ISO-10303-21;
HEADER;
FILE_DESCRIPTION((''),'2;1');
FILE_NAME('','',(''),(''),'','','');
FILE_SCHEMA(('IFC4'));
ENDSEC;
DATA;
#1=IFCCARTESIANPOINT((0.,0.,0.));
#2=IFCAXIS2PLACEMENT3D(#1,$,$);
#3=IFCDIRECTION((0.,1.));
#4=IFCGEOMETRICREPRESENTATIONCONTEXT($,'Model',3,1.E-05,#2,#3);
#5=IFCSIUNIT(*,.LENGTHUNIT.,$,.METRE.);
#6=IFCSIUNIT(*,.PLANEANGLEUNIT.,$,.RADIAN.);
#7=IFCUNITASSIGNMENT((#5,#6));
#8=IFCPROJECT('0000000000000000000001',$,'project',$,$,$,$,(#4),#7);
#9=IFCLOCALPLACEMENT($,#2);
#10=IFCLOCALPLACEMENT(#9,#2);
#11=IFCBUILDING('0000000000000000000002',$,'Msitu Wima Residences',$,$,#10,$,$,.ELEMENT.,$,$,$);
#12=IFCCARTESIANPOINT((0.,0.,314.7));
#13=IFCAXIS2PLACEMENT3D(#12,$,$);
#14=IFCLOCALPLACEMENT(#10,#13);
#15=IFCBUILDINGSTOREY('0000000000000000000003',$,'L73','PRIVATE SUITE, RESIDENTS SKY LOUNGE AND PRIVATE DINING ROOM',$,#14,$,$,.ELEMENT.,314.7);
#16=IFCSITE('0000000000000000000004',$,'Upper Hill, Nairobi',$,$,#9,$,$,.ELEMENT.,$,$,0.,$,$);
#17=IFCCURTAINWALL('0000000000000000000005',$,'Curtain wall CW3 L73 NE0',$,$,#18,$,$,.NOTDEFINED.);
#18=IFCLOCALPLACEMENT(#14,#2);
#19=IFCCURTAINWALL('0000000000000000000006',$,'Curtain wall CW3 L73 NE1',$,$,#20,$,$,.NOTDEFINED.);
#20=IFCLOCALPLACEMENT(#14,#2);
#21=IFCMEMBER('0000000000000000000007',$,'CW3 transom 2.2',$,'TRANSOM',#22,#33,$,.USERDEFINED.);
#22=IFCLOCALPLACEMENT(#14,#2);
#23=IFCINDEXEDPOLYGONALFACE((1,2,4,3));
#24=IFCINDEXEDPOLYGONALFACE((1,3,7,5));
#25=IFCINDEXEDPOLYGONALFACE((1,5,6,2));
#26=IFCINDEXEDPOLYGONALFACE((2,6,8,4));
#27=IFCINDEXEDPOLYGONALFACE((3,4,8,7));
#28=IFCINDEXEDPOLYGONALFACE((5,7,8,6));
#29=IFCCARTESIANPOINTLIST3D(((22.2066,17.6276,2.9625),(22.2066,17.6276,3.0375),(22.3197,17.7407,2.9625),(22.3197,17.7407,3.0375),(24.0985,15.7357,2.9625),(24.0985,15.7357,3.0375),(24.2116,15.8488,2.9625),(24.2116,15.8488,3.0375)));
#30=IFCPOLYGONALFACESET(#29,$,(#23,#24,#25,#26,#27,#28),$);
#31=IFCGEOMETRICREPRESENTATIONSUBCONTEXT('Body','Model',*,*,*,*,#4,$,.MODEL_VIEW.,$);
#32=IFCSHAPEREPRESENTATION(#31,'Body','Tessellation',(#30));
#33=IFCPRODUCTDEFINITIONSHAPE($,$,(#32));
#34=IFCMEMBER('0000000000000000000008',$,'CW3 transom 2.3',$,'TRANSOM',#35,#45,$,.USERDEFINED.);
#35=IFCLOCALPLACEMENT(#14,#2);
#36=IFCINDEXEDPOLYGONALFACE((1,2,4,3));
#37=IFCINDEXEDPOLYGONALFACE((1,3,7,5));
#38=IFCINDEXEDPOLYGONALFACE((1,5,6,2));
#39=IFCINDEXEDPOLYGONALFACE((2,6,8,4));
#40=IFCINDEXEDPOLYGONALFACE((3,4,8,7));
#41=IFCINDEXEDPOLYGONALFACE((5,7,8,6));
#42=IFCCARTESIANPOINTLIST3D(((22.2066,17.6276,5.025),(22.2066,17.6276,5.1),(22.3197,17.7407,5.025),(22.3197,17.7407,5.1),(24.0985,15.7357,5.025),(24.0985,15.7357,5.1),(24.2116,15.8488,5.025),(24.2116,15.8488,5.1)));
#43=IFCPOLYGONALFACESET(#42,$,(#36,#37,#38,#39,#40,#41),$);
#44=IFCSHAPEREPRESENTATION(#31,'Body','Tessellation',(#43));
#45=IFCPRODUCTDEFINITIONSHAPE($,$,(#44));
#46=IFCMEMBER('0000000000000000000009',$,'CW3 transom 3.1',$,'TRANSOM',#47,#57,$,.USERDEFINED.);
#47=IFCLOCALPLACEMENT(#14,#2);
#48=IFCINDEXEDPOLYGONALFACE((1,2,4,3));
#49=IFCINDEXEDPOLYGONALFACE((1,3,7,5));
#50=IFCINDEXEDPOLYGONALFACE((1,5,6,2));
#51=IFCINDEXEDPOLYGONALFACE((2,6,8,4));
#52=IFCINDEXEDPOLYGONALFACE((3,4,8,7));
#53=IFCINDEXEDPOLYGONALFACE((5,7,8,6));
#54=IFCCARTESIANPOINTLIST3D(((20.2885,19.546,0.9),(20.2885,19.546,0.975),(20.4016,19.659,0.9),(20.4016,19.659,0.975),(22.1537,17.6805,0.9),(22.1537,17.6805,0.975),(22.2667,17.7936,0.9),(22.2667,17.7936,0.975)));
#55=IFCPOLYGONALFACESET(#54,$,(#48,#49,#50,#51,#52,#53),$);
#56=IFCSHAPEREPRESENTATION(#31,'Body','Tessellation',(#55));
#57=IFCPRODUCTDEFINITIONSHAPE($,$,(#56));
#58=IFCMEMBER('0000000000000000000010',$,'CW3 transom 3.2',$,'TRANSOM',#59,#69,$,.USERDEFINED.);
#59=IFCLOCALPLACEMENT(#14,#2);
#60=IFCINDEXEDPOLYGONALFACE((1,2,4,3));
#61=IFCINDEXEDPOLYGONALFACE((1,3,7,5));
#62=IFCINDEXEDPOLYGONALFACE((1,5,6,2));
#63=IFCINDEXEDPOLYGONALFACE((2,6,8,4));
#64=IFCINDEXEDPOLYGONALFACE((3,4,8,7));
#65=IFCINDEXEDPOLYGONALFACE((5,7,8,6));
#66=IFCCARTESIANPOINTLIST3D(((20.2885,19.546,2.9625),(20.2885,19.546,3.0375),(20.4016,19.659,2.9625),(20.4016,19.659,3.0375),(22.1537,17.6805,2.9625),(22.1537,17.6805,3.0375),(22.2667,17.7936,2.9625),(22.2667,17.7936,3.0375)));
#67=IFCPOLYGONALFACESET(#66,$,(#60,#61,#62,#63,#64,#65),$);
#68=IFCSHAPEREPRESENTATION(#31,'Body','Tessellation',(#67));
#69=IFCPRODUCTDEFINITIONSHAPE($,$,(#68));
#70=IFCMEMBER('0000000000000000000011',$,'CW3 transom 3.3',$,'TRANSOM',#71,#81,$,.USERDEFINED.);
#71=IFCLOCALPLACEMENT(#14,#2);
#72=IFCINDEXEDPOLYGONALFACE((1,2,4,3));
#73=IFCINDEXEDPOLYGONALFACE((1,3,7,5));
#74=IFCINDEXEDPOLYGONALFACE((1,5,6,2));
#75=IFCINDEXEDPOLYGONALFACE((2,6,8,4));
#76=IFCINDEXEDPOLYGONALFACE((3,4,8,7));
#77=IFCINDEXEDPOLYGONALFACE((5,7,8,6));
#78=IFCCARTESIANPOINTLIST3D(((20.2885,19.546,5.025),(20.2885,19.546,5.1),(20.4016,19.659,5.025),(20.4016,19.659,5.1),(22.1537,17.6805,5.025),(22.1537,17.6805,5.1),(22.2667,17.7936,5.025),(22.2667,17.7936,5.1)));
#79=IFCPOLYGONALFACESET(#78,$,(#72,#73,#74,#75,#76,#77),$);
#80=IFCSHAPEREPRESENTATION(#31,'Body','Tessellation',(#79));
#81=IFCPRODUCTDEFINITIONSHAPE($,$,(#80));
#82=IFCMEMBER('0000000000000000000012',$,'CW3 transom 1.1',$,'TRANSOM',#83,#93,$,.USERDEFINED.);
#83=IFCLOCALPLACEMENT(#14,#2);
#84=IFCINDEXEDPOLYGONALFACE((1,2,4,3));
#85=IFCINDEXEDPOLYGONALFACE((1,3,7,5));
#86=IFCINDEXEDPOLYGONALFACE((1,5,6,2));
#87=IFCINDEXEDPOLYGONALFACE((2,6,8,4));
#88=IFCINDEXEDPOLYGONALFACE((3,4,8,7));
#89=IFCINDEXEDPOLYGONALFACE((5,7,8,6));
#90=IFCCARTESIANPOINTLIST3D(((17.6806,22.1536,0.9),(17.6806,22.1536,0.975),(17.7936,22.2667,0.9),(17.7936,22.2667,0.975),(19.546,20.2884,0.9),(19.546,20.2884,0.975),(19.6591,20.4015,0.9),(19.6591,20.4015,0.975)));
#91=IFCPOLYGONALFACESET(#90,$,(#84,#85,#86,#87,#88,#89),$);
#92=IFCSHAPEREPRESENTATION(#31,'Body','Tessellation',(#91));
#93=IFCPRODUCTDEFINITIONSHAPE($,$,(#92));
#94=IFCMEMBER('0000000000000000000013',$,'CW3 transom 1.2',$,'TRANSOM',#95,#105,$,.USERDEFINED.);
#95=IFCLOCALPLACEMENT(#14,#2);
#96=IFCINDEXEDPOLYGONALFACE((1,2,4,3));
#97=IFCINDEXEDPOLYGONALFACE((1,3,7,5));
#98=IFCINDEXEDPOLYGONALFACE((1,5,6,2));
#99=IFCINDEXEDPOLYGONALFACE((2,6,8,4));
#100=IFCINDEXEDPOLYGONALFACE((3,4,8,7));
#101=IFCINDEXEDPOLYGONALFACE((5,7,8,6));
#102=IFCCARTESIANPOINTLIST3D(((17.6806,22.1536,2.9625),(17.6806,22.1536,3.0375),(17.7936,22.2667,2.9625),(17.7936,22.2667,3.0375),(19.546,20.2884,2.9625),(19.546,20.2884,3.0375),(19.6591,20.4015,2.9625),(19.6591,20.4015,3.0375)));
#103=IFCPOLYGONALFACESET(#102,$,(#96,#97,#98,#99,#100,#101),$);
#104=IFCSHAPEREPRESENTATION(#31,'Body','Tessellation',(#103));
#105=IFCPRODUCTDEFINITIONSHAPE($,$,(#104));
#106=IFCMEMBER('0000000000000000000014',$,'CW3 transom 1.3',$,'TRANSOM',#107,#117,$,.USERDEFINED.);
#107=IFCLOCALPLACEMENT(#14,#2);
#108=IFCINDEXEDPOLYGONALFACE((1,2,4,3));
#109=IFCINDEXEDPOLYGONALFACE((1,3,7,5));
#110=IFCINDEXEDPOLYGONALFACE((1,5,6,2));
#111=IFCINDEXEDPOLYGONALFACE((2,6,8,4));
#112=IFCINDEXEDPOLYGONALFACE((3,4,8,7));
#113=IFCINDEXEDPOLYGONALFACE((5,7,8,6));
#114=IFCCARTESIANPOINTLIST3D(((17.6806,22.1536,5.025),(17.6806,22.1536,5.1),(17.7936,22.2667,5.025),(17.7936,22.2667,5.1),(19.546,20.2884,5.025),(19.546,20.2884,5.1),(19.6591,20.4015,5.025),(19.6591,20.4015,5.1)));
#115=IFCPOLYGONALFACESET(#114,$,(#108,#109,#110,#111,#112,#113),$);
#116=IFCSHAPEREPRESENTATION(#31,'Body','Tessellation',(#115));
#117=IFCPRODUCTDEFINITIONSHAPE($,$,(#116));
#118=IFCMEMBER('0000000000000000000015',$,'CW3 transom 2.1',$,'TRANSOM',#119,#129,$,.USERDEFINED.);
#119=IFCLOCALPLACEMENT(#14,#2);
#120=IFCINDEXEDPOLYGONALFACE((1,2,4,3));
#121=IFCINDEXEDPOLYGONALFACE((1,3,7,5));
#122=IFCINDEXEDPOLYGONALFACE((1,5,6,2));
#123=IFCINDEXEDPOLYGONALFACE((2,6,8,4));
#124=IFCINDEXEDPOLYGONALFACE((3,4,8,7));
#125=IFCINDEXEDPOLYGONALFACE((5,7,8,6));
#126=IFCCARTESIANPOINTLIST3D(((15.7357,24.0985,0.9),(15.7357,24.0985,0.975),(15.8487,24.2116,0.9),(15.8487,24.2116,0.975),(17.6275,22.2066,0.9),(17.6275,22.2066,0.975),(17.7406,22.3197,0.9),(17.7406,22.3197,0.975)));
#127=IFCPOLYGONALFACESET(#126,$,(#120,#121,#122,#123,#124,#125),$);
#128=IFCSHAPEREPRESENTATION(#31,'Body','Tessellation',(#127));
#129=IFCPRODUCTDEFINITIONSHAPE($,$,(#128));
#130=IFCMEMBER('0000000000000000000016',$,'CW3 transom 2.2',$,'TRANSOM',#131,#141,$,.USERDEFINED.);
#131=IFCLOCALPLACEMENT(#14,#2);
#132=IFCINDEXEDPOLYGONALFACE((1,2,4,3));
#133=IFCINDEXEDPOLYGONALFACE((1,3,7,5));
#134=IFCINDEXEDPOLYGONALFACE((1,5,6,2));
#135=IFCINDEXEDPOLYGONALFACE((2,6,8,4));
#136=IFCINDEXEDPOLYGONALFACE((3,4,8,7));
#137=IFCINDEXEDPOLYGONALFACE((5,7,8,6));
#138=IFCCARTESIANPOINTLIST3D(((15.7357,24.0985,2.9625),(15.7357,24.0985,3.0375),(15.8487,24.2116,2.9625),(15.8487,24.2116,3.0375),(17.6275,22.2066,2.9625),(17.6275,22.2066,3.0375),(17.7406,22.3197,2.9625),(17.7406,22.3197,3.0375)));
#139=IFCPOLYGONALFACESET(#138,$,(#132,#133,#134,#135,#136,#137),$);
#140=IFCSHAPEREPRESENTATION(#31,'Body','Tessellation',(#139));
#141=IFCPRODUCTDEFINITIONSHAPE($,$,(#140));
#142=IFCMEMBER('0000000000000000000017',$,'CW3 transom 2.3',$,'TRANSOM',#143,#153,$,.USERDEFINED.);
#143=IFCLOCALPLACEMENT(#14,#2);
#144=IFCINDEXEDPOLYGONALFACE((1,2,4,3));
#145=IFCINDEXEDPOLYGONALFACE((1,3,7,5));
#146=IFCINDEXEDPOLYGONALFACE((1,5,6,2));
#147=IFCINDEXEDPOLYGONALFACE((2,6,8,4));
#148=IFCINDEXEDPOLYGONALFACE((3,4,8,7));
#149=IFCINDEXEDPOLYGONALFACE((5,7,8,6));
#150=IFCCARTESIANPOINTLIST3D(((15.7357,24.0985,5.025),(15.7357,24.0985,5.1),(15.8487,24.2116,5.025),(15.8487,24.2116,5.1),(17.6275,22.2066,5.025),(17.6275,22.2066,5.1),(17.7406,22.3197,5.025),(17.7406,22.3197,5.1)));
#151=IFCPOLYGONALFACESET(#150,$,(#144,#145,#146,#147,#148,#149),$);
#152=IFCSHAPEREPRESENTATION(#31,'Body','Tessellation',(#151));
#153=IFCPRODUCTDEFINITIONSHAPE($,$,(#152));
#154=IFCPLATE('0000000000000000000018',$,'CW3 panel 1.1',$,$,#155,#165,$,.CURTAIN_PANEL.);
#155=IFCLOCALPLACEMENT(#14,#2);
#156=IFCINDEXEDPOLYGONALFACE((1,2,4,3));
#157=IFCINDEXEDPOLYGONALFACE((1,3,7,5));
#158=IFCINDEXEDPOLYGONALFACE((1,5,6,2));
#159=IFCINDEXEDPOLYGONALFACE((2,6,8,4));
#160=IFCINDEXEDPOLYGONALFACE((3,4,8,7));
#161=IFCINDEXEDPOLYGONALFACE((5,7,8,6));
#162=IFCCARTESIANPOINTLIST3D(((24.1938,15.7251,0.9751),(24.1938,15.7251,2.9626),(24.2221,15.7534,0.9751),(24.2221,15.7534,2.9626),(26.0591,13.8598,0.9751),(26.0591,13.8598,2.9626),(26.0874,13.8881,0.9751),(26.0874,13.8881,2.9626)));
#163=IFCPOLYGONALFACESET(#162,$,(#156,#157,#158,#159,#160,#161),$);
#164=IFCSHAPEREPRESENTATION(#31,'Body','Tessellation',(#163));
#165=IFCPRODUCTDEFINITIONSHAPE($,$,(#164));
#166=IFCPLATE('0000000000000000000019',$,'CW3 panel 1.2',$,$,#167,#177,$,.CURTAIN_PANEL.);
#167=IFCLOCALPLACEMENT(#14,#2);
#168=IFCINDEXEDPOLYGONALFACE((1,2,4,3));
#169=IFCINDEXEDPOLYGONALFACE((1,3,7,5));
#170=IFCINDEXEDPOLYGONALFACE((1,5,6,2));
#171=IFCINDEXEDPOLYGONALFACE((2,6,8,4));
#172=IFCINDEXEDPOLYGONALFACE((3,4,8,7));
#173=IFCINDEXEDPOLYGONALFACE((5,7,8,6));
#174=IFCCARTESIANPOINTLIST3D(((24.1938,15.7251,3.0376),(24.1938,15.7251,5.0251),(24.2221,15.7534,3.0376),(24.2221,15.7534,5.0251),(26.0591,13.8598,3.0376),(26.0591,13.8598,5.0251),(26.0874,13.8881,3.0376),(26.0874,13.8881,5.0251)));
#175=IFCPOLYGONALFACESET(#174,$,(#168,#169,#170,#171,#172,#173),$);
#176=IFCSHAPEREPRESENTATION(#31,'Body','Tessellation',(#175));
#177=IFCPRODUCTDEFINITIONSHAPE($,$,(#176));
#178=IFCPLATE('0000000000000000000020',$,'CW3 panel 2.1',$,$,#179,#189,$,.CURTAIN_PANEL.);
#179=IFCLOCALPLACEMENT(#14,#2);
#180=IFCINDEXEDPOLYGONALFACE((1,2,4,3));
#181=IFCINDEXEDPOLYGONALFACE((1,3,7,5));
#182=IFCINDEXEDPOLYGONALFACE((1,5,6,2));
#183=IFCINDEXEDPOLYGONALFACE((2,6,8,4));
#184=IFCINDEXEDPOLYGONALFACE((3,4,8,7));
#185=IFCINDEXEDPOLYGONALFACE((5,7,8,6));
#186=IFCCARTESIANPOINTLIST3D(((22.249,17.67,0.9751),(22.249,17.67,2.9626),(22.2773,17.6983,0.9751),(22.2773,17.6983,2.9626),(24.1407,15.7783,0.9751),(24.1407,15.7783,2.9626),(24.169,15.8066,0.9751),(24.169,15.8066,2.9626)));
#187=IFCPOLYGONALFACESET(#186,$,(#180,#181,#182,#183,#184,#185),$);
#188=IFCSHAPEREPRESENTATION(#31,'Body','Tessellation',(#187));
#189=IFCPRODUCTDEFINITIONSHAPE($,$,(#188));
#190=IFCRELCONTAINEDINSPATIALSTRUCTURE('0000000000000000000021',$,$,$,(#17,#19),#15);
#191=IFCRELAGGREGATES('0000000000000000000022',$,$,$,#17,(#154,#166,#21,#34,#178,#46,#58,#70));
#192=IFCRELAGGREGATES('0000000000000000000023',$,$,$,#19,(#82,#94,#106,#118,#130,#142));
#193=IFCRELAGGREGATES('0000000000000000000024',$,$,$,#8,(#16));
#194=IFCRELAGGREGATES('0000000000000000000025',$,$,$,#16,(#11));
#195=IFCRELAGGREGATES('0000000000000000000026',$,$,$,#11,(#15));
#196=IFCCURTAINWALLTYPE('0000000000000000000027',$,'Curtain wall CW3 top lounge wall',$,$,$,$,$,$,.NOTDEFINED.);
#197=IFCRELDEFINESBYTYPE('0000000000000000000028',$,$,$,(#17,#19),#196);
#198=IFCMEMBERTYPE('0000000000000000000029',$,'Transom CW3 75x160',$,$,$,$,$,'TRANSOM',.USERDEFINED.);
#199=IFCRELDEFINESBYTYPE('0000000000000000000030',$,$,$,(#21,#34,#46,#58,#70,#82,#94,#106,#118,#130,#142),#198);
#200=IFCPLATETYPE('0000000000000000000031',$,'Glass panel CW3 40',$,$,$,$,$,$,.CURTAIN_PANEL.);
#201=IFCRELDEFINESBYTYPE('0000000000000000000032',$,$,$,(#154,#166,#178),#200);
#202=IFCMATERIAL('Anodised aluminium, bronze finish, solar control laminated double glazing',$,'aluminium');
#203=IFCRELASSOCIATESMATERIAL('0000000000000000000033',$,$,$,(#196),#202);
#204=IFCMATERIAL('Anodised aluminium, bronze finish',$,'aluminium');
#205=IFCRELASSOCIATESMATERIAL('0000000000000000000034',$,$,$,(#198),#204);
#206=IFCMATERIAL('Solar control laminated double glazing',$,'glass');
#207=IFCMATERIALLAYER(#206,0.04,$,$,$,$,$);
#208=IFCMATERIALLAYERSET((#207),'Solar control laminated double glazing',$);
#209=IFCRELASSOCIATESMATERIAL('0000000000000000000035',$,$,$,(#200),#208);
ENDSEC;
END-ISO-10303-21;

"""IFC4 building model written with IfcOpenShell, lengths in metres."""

from ifc_helpers import new_model, si_unit, direction, frame, origin, origin_2d, place, context, subcontext, project, spatial, rectangle, extrude, material, layer, layer_set, material_profile, profile_set, type_object, element, aggregate, save


model = new_model("IFC4")

# Units and contexts
model_context = context("Model", 3, precision=1e-05, world=origin(), true_north=direction((0.0, 1.0)))
body_context = subcontext(model_context, "Body", "Model", "MODEL_VIEW")
ifc_project = project(units=[si_unit("LENGTHUNIT", "METRE"), si_unit("PLANEANGLEUNIT", "RADIAN")], contexts=[model_context])

# Site, building, storey
site_placement = place(None, origin())
site = spatial("IfcSite", under=ifc_project, at=site_placement, Name="Upper Hill, Nairobi", CompositionType="ELEMENT", RefElevation=0.0)
building_placement = place(site_placement, origin())
building = spatial("IfcBuilding", under=site, at=building_placement, Name="Msitu Wima Residences", CompositionType="ELEMENT")
storey_placement = place(building_placement, frame((0.0, 0.0, 314.7)))
storey = spatial("IfcBuildingStorey", under=building, at=storey_placement, Name="L73", Description="PRIVATE SUITE, RESIDENTS SKY LOUNGE AND PRIVATE DINING ROOM", CompositionType="ELEMENT", Elevation=314.7)

# Curtain walls
ifc_material_1 = material(Name="Anodised aluminium, bronze finish, solar control laminated double glazing", Category="aluminium")
curtain_wall_type = type_object("IfcCurtainWallType", Name="Curtain wall CW3 top lounge wall", PredefinedType="NOTDEFINED", material=ifc_material_1)
curtain_wall_1_placement = place(storey_placement, origin())
curtain_wall_1 = element("IfcCurtainWall", 1, at=curtain_wall_1_placement, inside=storey, type_object=curtain_wall_type, Name="Curtain wall CW3 L73 NE0", PredefinedType="NOTDEFINED")
ifc_material_2 = material(Name="Anodised aluminium, bronze finish", Category="aluminium")
curtain_wall_2_placement = place(storey_placement, origin())
curtain_wall_2 = element("IfcCurtainWall", 2, at=curtain_wall_2_placement, inside=storey, type_object=curtain_wall_type, Name="Curtain wall CW3 L73 NE1", PredefinedType="NOTDEFINED")

# Members
ifc_material_profile_1 = material_profile(ifc_material_2, rectangle(XDim=0.1599, YDim=0.075, at=origin_2d()), Name="Transom 75x160")
ifc_profile_set_1 = profile_set([ifc_material_profile_1], Name="Anodised aluminium, bronze finish")
member_type_1 = type_object("IfcMemberType", Name="Transom CW3 75x160", ElementType="TRANSOM", PredefinedType="USERDEFINED", material=ifc_profile_set_1)
member_1_placement = place(storey_placement, frame((24.155, 15.7922, 3.0), z_axis=(-0.707107, 0.707107, 0.0), x_axis=(-0.707107, -0.707107, 0.0)))
member_1 = element("IfcMember", 3, at=member_1_placement, type_object=member_type_1, Name="CW3 transom 2.2", ObjectType="TRANSOM", PredefinedType="USERDEFINED", context=body_context, shape_type="SweptSolid", body=[
    extrude(rectangle(XDim=0.1599, YDim=0.075, at=origin_2d()), origin(), (0.0, 0.0, 1.0), 2.6755),
])
member_2_placement = place(storey_placement, frame((24.155, 15.7922, 5.0625), z_axis=(-0.707107, 0.707107, 0.0), x_axis=(-0.707107, -0.707107, 0.0)))
member_2 = element("IfcMember", 4, at=member_2_placement, type_object=member_type_1, Name="CW3 transom 2.3", ObjectType="TRANSOM", PredefinedType="USERDEFINED", context=body_context, shape_type="SweptSolid", body=[
    extrude(rectangle(XDim=0.1599, YDim=0.075, at=origin_2d()), origin(), (0.0, 0.0, 1.0), 2.6755),
])
member_3_placement = place(storey_placement, frame((22.2102, 17.7371, 0.9375), z_axis=(-0.707061, 0.707153, 0.0), x_axis=(-0.707153, -0.707061, 0.0)))
member_3 = element("IfcMember", 5, at=member_3_placement, type_object=member_type_1, Name="CW3 transom 3.1", ObjectType="TRANSOM", PredefinedType="USERDEFINED", context=body_context, shape_type="SweptSolid", body=[
    extrude(rectangle(XDim=0.1599, YDim=0.075, at=origin_2d()), origin(), (0.0, 0.0, 1.0), 2.6379),
])
member_4_placement = place(storey_placement, frame((22.2102, 17.7371, 3.0), z_axis=(-0.707061, 0.707153, 0.0), x_axis=(-0.707153, -0.707061, 0.0)))
member_4 = element("IfcMember", 6, at=member_4_placement, type_object=member_type_1, Name="CW3 transom 3.2", ObjectType="TRANSOM", PredefinedType="USERDEFINED", context=body_context, shape_type="SweptSolid", body=[
    extrude(rectangle(XDim=0.1599, YDim=0.075, at=origin_2d()), origin(), (0.0, 0.0, 1.0), 2.6379),
])
member_5_placement = place(storey_placement, frame((22.2102, 17.7371, 5.0625), z_axis=(-0.707061, 0.707153, 0.0), x_axis=(-0.707153, -0.707061, 0.0)))
member_5 = element("IfcMember", 7, at=member_5_placement, type_object=member_type_1, Name="CW3 transom 3.3", ObjectType="TRANSOM", PredefinedType="USERDEFINED", context=body_context, shape_type="SweptSolid", body=[
    extrude(rectangle(XDim=0.1599, YDim=0.075, at=origin_2d()), origin(), (0.0, 0.0, 1.0), 2.6379),
])
member_6_placement = place(storey_placement, frame((19.6025, 20.345, 0.9375), z_axis=(-0.707153, 0.707061, 0.0), x_axis=(-0.707061, -0.707153, 0.0)))
member_6 = element("IfcMember", 8, at=member_6_placement, type_object=member_type_1, Name="CW3 transom 1.1", ObjectType="TRANSOM", PredefinedType="USERDEFINED", context=body_context, shape_type="SweptSolid", body=[
    extrude(rectangle(XDim=0.1599, YDim=0.075, at=origin_2d()), origin(), (0.0, 0.0, 1.0), 2.6379),
])
member_7_placement = place(storey_placement, frame((19.6025, 20.345, 3.0), z_axis=(-0.707153, 0.707061, 0.0), x_axis=(-0.707061, -0.707153, 0.0)))
member_7 = element("IfcMember", 9, at=member_7_placement, type_object=member_type_1, Name="CW3 transom 1.2", ObjectType="TRANSOM", PredefinedType="USERDEFINED", context=body_context, shape_type="SweptSolid", body=[
    extrude(rectangle(XDim=0.1599, YDim=0.075, at=origin_2d()), origin(), (0.0, 0.0, 1.0), 2.6379),
])
member_8_placement = place(storey_placement, frame((19.6025, 20.345, 5.0625), z_axis=(-0.707153, 0.707061, 0.0), x_axis=(-0.707061, -0.707153, 0.0)))
member_8 = element("IfcMember", 10, at=member_8_placement, type_object=member_type_1, Name="CW3 transom 1.3", ObjectType="TRANSOM", PredefinedType="USERDEFINED", context=body_context, shape_type="SweptSolid", body=[
    extrude(rectangle(XDim=0.1599, YDim=0.075, at=origin_2d()), origin(), (0.0, 0.0, 1.0), 2.6379),
])
member_9_placement = place(storey_placement, frame((17.6841, 22.2632, 0.9375), z_axis=(-0.707107, 0.707107, 0.0), x_axis=(-0.707107, -0.707107, 0.0)))
member_9 = element("IfcMember", 11, at=member_9_placement, type_object=member_type_1, Name="CW3 transom 2.1", ObjectType="TRANSOM", PredefinedType="USERDEFINED", context=body_context, shape_type="SweptSolid", body=[
    extrude(rectangle(XDim=0.1599, YDim=0.075, at=origin_2d()), origin(), (0.0, 0.0, 1.0), 2.6755),
])
member_10_placement = place(storey_placement, frame((17.6841, 22.2632, 3.0), z_axis=(-0.707107, 0.707107, 0.0), x_axis=(-0.707107, -0.707107, 0.0)))
member_10 = element("IfcMember", 12, at=member_10_placement, type_object=member_type_1, Name="CW3 transom 2.2", ObjectType="TRANSOM", PredefinedType="USERDEFINED", context=body_context, shape_type="SweptSolid", body=[
    extrude(rectangle(XDim=0.1599, YDim=0.075, at=origin_2d()), origin(), (0.0, 0.0, 1.0), 2.6755),
])
member_11_placement = place(storey_placement, frame((17.6841, 22.2632, 5.0625), z_axis=(-0.707107, 0.707107, 0.0), x_axis=(-0.707107, -0.707107, 0.0)))
member_11 = element("IfcMember", 13, at=member_11_placement, type_object=member_type_1, Name="CW3 transom 2.3", ObjectType="TRANSOM", PredefinedType="USERDEFINED", context=body_context, shape_type="SweptSolid", body=[
    extrude(rectangle(XDim=0.1599, YDim=0.075, at=origin_2d()), origin(), (0.0, 0.0, 1.0), 2.6755),
])

# Plates
ifc_material_3 = material(Name="Solar control laminated double glazing", Category="glass")
ifc_layer_1 = layer(ifc_material_3, 0.04)
ifc_layer_set_1 = layer_set([ifc_layer_1], Name="Solar control laminated double glazing")
plate_type = type_object("IfcPlateType", Name="Glass panel CW3 40", PredefinedType="CURTAIN_PANEL", material=ifc_layer_set_1)
plate_1_placement = place(storey_placement, frame((25.1406, 14.8066, 0.9751), z_axis=(0.0, 0.0, 1.0), x_axis=(-0.707107, 0.707107, 0.0)))
plate_1 = element("IfcPlate", 14, at=plate_1_placement, type_object=plate_type, Name="CW3 panel 1.1", PredefinedType="CURTAIN_PANEL", context=body_context, shape_type="SweptSolid", body=[
    extrude(rectangle(XDim=2.6379, YDim=0.04, at=origin_2d()), origin(), (0.0, 0.0, 1.0), 1.9875),
])
plate_2_placement = place(storey_placement, frame((25.1406, 14.8066, 3.0376), z_axis=(0.0, 0.0, 1.0), x_axis=(-0.707107, 0.707107, 0.0)))
plate_2 = element("IfcPlate", 15, at=plate_2_placement, type_object=plate_type, Name="CW3 panel 1.2", PredefinedType="CURTAIN_PANEL", context=body_context, shape_type="SweptSolid", body=[
    extrude(rectangle(XDim=2.6379, YDim=0.04, at=origin_2d()), origin(), (0.0, 0.0, 1.0), 1.9875),
])
plate_3_placement = place(storey_placement, frame((23.209, 16.7383, 0.9751), z_axis=(0.0, 0.0, 1.0), x_axis=(-0.707107, 0.707107, 0.0)))
plate_3 = element("IfcPlate", 16, at=plate_3_placement, type_object=plate_type, Name="CW3 panel 2.1", PredefinedType="CURTAIN_PANEL", context=body_context, shape_type="SweptSolid", body=[
    extrude(rectangle(XDim=2.6753, YDim=0.04, at=origin_2d()), origin(), (0.0, 0.0, 1.0), 1.9875),
])
aggregate(curtain_wall_1, [plate_1, plate_2, member_1, member_2, plate_3, member_3, member_4, member_5])
aggregate(curtain_wall_2, [member_6, member_7, member_8, member_9, member_10, member_11])

save(model, "model.ifc")
